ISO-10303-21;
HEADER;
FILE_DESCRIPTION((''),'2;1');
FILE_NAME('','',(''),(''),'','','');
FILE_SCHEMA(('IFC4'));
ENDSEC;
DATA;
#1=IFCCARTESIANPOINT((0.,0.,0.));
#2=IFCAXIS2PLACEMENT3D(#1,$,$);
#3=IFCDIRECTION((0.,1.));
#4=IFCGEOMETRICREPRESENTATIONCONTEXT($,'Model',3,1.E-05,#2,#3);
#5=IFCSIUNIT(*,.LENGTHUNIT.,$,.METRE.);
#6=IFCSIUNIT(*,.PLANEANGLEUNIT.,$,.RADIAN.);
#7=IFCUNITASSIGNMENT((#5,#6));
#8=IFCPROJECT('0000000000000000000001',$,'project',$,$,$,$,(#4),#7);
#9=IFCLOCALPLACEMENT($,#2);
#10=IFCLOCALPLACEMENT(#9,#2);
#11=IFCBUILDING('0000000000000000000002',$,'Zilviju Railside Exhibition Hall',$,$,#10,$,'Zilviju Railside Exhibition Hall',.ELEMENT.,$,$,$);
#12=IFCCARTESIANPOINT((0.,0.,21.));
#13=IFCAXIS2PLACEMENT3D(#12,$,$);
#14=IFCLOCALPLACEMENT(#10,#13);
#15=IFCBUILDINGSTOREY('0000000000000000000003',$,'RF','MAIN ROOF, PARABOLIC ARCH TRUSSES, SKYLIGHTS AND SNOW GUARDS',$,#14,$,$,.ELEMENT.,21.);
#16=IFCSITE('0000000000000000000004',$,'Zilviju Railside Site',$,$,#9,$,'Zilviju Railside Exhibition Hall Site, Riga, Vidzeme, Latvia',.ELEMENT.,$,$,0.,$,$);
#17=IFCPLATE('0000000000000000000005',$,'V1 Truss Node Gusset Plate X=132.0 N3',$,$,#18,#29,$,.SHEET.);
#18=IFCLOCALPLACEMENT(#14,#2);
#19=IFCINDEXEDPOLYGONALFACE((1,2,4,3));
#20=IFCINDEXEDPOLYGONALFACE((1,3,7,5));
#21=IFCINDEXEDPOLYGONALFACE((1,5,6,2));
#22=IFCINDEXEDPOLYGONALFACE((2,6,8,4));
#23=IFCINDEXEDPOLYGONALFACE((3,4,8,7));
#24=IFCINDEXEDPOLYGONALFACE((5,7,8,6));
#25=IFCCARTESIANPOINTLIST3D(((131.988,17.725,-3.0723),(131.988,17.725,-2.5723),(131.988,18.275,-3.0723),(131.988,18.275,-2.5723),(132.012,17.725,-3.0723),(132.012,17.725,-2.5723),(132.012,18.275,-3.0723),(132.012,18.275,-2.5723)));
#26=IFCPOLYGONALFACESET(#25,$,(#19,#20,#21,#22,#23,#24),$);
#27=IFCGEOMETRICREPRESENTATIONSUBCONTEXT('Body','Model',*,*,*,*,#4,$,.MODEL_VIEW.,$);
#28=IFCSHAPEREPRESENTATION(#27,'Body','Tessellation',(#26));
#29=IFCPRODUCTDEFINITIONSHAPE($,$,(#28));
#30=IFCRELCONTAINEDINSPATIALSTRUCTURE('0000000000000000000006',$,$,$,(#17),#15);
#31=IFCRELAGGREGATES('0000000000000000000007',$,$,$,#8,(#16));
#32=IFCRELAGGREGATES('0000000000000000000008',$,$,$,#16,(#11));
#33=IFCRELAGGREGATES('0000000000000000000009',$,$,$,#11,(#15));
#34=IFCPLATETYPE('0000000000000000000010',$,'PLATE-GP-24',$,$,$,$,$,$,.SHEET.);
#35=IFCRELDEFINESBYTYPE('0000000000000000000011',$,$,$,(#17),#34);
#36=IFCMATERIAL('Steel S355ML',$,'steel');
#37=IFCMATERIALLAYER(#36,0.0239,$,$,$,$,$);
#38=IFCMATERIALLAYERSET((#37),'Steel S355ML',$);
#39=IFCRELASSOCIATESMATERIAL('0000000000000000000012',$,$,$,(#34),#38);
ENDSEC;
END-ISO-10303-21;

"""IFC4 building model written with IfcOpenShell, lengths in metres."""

from ifc_helpers import new_model, si_unit, direction, frame, origin, origin_2d, place, context, subcontext, project, spatial, rectangle, extrude, material, layer, layer_set, type_object, element, save


model = new_model("IFC4")

# Units and contexts
model_context = context("Model", 3, precision=1e-05, world=origin(), true_north=direction((0.0, 1.0)))
body_context = subcontext(model_context, "Body", "Model", "MODEL_VIEW")
ifc_project = project(units=[si_unit("LENGTHUNIT", "METRE"), si_unit("PLANEANGLEUNIT", "RADIAN")], contexts=[model_context])

# Site, building, storey
site_placement = place(None, origin())
site = spatial("IfcSite", under=ifc_project, at=site_placement, Name="Zilviju Railside Site", LongName="Zilviju Railside Exhibition Hall Site, Riga, Vidzeme, Latvia", CompositionType="ELEMENT", RefElevation=0.0)
building_placement = place(site_placement, origin())
building = spatial("IfcBuilding", under=site, at=building_placement, Name="Zilviju Railside Exhibition Hall", LongName="Zilviju Railside Exhibition Hall", CompositionType="ELEMENT")
storey_placement = place(building_placement, frame((0.0, 0.0, 21.0)))
storey = spatial("IfcBuildingStorey", under=building, at=storey_placement, Name="RF", Description="MAIN ROOF, PARABOLIC ARCH TRUSSES, SKYLIGHTS AND SNOW GUARDS", CompositionType="ELEMENT", Elevation=21.0)

# Plate
ifc_material_1 = material(Name="Steel S355ML", Category="steel")
ifc_layer = layer(ifc_material_1, 0.0239)
ifc_layer_set = layer_set([ifc_layer], Name="Steel S355ML")
plate_type = type_object("IfcPlateType", Name="PLATE-GP-24", PredefinedType="SHEET", material=ifc_layer_set)
plate_placement = place(storey_placement, frame((132.0, 18.0, -3.0723), z_axis=(0.0, 0.0, 1.0), x_axis=(1.0, 0.0, 0.0)))
element("IfcPlate", 1, at=plate_placement, inside=storey, type_object=plate_type, Name="V1 Truss Node Gusset Plate X=132.0 N3", PredefinedType="SHEET", context=body_context, shape_type="SweptSolid", body=[
    extrude(rectangle(XDim=0.0239, YDim=0.55, at=origin_2d()), origin(), (0.0, 0.0, 1.0), 0.5),
])

save(model, "model.ifc")
